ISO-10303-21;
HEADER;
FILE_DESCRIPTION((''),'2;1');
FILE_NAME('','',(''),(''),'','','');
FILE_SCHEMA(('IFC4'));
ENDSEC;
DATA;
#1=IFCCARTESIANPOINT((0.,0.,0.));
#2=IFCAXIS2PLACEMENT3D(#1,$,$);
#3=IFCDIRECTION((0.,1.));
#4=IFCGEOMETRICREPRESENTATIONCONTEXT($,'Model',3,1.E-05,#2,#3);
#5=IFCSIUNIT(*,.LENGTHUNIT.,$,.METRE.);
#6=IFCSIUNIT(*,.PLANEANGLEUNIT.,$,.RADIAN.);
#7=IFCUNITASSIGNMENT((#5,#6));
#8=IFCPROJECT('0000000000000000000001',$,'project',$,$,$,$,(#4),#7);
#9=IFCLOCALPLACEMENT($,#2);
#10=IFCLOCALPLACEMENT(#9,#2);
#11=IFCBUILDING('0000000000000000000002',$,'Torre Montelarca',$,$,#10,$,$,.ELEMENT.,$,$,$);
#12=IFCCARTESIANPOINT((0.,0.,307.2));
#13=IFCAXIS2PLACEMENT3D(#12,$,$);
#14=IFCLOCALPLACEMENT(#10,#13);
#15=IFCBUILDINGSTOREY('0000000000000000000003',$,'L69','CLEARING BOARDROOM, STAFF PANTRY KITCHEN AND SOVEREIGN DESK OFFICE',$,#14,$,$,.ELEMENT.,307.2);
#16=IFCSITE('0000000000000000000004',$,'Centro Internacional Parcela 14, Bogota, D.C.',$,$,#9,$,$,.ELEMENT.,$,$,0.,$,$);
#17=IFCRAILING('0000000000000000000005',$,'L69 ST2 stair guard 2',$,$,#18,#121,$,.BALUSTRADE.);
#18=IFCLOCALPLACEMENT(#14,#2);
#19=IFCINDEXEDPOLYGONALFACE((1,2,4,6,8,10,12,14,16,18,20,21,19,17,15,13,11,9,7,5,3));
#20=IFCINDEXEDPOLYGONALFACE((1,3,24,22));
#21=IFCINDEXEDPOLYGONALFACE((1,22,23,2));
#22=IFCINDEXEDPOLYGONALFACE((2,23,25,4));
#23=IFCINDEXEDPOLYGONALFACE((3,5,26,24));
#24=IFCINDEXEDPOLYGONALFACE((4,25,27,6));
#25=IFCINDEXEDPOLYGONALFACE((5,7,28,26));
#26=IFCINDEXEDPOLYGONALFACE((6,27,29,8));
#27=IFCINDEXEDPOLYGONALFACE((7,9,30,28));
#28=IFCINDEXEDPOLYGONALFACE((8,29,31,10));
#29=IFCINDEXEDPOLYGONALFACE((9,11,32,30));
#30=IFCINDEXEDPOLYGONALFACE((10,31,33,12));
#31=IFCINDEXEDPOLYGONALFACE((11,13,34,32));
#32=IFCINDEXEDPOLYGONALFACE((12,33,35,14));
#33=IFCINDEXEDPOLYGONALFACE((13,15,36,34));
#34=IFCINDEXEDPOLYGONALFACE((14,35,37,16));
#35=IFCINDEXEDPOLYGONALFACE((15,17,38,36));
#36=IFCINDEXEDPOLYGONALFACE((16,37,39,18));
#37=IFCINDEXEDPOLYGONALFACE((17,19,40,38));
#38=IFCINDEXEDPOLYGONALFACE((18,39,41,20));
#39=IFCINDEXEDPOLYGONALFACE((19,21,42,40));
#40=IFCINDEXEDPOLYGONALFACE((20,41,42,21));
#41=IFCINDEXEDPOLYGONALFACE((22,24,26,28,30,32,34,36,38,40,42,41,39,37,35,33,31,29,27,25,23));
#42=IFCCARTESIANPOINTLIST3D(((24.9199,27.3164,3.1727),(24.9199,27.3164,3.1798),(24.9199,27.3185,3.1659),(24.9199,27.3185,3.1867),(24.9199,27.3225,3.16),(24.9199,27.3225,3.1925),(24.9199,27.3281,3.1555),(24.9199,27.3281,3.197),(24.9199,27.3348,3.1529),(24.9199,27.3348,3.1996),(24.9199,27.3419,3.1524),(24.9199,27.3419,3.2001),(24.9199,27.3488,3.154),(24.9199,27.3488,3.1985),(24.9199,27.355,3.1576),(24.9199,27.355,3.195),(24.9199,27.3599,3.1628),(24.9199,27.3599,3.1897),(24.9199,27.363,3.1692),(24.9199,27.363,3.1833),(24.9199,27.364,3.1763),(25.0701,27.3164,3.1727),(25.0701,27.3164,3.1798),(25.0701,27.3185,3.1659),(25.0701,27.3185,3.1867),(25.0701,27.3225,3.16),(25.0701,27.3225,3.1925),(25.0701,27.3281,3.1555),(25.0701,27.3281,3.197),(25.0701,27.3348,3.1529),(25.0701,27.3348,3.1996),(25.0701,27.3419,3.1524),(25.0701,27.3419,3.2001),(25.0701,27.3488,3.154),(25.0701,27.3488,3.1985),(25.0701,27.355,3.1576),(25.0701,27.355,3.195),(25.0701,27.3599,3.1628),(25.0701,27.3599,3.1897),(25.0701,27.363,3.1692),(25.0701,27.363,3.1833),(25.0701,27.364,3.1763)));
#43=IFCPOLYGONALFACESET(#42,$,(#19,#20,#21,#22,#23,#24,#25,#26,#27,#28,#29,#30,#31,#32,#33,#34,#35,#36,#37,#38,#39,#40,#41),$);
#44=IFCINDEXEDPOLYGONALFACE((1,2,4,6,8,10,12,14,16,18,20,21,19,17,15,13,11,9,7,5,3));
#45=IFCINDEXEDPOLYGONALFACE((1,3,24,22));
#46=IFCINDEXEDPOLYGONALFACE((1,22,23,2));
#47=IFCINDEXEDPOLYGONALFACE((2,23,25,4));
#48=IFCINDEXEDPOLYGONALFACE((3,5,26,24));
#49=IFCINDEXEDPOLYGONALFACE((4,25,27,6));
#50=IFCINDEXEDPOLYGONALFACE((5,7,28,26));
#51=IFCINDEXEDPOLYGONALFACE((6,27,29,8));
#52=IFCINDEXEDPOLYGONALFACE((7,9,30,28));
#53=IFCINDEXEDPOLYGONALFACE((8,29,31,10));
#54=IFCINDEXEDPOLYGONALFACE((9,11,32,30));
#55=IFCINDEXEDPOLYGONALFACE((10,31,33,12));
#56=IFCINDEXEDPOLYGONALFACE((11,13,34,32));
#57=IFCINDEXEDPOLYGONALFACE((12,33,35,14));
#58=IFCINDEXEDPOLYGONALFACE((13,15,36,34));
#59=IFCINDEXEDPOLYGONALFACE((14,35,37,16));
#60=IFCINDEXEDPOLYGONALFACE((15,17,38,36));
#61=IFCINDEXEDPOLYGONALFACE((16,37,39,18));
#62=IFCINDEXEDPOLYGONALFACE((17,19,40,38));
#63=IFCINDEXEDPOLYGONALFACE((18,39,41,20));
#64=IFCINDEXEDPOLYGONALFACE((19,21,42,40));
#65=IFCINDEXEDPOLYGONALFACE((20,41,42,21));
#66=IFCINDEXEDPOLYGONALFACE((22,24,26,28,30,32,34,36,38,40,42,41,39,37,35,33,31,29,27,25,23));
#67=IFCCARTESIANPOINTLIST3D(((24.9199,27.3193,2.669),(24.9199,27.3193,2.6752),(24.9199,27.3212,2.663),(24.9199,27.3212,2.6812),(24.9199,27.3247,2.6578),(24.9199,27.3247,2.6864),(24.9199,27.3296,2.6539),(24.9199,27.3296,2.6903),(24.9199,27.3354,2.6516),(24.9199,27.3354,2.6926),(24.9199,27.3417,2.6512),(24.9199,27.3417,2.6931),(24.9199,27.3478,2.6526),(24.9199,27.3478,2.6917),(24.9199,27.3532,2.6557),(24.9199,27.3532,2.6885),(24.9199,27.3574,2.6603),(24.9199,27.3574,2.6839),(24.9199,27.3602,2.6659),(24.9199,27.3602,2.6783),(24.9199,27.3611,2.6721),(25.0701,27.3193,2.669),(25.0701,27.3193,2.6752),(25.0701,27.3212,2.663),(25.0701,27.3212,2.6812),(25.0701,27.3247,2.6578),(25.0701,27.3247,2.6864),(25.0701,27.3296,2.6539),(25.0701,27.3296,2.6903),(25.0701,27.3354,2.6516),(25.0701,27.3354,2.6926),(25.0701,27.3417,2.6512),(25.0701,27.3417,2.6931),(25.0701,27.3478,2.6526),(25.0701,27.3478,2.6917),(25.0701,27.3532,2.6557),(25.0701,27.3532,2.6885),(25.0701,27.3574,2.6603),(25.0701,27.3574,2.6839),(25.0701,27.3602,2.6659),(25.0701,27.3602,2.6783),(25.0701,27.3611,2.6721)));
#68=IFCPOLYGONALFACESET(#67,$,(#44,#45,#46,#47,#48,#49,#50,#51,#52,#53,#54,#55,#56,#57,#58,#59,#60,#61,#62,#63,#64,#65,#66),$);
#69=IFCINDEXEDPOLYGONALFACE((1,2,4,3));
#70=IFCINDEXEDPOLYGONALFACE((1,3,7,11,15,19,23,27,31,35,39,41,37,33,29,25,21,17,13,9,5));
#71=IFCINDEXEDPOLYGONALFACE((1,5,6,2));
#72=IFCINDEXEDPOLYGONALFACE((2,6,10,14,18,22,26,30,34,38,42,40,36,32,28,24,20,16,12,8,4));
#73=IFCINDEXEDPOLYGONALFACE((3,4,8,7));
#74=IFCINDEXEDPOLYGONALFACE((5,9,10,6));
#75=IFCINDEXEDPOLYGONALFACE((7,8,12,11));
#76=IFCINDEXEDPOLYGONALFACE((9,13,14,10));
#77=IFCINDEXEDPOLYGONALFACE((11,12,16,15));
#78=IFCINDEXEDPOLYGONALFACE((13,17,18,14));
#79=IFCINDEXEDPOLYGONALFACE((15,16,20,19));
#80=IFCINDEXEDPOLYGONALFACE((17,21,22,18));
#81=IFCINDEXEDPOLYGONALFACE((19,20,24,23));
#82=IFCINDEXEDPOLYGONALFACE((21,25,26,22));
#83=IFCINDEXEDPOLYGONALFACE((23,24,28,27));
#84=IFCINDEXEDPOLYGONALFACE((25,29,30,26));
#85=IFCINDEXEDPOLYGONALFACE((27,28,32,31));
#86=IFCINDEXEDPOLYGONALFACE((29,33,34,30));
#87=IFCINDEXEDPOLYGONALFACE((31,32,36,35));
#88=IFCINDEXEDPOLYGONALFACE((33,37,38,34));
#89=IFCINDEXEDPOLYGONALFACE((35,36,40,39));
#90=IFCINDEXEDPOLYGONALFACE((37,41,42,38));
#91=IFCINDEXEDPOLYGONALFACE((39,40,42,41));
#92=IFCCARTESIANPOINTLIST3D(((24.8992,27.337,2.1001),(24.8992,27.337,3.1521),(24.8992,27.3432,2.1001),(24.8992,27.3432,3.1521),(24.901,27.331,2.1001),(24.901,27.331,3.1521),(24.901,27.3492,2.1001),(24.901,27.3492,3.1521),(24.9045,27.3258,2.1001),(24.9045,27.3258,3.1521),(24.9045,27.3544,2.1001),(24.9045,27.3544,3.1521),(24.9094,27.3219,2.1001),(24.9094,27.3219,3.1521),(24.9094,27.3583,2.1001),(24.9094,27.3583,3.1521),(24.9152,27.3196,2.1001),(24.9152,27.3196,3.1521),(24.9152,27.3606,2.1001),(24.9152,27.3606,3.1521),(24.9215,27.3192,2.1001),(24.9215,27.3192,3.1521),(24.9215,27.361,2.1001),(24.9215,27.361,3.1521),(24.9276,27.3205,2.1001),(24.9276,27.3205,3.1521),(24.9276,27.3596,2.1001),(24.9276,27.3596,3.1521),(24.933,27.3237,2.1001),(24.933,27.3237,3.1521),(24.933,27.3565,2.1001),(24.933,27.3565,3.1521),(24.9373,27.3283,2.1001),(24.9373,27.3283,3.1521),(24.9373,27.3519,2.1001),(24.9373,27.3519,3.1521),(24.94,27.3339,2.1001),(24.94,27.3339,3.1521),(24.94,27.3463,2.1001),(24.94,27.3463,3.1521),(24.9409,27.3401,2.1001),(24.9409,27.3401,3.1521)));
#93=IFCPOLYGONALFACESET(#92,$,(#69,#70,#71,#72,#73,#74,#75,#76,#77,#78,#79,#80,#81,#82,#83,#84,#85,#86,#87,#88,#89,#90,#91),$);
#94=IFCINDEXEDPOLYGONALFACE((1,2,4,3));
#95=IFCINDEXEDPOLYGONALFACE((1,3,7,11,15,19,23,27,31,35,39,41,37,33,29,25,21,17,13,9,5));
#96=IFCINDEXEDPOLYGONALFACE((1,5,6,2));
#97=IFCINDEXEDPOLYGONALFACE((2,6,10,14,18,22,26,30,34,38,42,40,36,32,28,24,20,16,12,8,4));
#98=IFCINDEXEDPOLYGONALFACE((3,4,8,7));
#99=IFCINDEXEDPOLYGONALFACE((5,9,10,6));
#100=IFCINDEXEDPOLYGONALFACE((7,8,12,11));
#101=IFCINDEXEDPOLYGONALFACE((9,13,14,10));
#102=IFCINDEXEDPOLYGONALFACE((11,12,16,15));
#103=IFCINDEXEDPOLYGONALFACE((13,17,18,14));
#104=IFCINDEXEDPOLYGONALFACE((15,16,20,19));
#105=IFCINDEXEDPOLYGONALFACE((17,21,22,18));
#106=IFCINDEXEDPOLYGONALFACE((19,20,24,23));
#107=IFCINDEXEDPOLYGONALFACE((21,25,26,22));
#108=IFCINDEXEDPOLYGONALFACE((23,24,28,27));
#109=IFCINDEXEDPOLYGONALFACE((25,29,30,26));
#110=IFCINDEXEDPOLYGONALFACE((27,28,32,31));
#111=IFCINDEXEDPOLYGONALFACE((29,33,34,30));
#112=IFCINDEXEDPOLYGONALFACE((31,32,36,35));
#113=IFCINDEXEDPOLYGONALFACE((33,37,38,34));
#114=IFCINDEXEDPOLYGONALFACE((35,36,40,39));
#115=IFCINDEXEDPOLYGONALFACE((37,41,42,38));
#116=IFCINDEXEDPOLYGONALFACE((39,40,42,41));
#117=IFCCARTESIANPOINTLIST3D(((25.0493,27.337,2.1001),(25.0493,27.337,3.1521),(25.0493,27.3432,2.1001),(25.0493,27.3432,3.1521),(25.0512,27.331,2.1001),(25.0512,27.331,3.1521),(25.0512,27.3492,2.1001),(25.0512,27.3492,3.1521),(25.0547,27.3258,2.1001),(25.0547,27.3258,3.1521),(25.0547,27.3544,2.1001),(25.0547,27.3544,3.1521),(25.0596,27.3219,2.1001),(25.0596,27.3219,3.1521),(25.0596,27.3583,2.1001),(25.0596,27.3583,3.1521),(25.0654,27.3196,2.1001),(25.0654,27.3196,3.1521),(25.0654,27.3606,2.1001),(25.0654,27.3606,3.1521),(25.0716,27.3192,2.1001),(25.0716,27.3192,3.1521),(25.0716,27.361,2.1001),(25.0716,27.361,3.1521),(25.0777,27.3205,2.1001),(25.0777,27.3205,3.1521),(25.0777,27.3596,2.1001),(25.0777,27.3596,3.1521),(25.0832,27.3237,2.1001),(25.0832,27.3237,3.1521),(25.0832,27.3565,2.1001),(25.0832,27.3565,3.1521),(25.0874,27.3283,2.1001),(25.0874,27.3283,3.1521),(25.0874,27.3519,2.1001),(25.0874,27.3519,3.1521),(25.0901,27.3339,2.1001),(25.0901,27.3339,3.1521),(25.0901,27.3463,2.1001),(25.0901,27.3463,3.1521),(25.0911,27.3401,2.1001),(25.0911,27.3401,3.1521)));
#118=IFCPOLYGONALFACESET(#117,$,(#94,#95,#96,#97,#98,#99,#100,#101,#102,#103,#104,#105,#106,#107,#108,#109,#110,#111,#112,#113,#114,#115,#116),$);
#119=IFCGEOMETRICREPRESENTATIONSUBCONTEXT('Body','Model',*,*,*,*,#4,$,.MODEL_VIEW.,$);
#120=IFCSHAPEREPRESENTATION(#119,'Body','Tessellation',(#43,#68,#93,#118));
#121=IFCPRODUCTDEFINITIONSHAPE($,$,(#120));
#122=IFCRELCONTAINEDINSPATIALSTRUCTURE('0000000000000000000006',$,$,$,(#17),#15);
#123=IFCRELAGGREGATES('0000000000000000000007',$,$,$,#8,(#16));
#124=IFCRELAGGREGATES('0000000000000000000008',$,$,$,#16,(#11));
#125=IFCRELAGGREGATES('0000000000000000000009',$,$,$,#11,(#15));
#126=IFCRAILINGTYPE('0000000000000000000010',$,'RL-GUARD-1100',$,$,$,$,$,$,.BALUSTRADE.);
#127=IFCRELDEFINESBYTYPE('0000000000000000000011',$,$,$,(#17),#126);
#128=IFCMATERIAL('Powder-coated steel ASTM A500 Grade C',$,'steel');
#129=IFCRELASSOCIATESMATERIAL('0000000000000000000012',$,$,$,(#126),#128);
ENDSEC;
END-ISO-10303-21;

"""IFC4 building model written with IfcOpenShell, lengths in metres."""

from ifc_helpers import new_model, si_unit, direction, frame, origin, origin_2d, place, context, subcontext, project, spatial, circle, extrude, material, type_object, element, save


model = new_model("IFC4")

# Units and contexts
model_context = context("Model", 3, precision=1e-05, world=origin(), true_north=direction((0.0, 1.0)))
body_context = subcontext(model_context, "Body", "Model", "MODEL_VIEW")
ifc_project = project(units=[si_unit("LENGTHUNIT", "METRE"), si_unit("PLANEANGLEUNIT", "RADIAN")], contexts=[model_context])

# Site, building, storey
site_placement = place(None, origin())
site = spatial("IfcSite", under=ifc_project, at=site_placement, Name="Centro Internacional Parcela 14, Bogota, D.C.", CompositionType="ELEMENT", RefElevation=0.0)
building_placement = place(site_placement, origin())
building = spatial("IfcBuilding", under=site, at=building_placement, Name="Torre Montelarca", CompositionType="ELEMENT")
storey_placement = place(building_placement, frame((0.0, 0.0, 307.2)))
storey = spatial("IfcBuildingStorey", under=building, at=storey_placement, Name="L69", Description="CLEARING BOARDROOM, STAFF PANTRY KITCHEN AND SOVEREIGN DESK OFFICE", CompositionType="ELEMENT", Elevation=307.2)

# Railing
ifc_material_1 = material(Name="Powder-coated steel ASTM A500 Grade C", Category="steel")
railing_type_1 = type_object("IfcRailingType", Name="RL-GUARD-1100", PredefinedType="BALUSTRADE", material=ifc_material_1)
railing_1_placement = place(storey_placement, frame((24.9199, 27.3401, 2.1001)))
element("IfcRailing", 1, at=railing_1_placement, inside=storey, type_object=railing_type_1, Name="L69 ST2 stair guard 2", PredefinedType="BALUSTRADE", context=body_context, shape_type="SweptSolid", body=[
    extrude(circle(Radius=0.0239, at=origin_2d()), frame((0.0, 0.0, 1.0762), z_axis=(1.0, 0.0, 0.0), x_axis=(0.0, 1.0, 0.0)), (0.0, 0.0, 1.0), 0.1501),
    extrude(circle(Radius=0.021, at=origin_2d()), frame((0.0, 0.0, 0.572), z_axis=(1.0, 0.0, 0.0), x_axis=(0.0, 1.0, 0.0)), (0.0, 0.0, 1.0), 0.1501),
    extrude(circle(Radius=0.021, at=origin_2d()), origin(), (0.0, 0.0, 1.0), 1.052),
    extrude(circle(Radius=0.021, at=origin_2d()), frame((0.1501, 0.0, 0.0)), (0.0, 0.0, 1.0), 1.052),
])

save(model, "model.ifc")
